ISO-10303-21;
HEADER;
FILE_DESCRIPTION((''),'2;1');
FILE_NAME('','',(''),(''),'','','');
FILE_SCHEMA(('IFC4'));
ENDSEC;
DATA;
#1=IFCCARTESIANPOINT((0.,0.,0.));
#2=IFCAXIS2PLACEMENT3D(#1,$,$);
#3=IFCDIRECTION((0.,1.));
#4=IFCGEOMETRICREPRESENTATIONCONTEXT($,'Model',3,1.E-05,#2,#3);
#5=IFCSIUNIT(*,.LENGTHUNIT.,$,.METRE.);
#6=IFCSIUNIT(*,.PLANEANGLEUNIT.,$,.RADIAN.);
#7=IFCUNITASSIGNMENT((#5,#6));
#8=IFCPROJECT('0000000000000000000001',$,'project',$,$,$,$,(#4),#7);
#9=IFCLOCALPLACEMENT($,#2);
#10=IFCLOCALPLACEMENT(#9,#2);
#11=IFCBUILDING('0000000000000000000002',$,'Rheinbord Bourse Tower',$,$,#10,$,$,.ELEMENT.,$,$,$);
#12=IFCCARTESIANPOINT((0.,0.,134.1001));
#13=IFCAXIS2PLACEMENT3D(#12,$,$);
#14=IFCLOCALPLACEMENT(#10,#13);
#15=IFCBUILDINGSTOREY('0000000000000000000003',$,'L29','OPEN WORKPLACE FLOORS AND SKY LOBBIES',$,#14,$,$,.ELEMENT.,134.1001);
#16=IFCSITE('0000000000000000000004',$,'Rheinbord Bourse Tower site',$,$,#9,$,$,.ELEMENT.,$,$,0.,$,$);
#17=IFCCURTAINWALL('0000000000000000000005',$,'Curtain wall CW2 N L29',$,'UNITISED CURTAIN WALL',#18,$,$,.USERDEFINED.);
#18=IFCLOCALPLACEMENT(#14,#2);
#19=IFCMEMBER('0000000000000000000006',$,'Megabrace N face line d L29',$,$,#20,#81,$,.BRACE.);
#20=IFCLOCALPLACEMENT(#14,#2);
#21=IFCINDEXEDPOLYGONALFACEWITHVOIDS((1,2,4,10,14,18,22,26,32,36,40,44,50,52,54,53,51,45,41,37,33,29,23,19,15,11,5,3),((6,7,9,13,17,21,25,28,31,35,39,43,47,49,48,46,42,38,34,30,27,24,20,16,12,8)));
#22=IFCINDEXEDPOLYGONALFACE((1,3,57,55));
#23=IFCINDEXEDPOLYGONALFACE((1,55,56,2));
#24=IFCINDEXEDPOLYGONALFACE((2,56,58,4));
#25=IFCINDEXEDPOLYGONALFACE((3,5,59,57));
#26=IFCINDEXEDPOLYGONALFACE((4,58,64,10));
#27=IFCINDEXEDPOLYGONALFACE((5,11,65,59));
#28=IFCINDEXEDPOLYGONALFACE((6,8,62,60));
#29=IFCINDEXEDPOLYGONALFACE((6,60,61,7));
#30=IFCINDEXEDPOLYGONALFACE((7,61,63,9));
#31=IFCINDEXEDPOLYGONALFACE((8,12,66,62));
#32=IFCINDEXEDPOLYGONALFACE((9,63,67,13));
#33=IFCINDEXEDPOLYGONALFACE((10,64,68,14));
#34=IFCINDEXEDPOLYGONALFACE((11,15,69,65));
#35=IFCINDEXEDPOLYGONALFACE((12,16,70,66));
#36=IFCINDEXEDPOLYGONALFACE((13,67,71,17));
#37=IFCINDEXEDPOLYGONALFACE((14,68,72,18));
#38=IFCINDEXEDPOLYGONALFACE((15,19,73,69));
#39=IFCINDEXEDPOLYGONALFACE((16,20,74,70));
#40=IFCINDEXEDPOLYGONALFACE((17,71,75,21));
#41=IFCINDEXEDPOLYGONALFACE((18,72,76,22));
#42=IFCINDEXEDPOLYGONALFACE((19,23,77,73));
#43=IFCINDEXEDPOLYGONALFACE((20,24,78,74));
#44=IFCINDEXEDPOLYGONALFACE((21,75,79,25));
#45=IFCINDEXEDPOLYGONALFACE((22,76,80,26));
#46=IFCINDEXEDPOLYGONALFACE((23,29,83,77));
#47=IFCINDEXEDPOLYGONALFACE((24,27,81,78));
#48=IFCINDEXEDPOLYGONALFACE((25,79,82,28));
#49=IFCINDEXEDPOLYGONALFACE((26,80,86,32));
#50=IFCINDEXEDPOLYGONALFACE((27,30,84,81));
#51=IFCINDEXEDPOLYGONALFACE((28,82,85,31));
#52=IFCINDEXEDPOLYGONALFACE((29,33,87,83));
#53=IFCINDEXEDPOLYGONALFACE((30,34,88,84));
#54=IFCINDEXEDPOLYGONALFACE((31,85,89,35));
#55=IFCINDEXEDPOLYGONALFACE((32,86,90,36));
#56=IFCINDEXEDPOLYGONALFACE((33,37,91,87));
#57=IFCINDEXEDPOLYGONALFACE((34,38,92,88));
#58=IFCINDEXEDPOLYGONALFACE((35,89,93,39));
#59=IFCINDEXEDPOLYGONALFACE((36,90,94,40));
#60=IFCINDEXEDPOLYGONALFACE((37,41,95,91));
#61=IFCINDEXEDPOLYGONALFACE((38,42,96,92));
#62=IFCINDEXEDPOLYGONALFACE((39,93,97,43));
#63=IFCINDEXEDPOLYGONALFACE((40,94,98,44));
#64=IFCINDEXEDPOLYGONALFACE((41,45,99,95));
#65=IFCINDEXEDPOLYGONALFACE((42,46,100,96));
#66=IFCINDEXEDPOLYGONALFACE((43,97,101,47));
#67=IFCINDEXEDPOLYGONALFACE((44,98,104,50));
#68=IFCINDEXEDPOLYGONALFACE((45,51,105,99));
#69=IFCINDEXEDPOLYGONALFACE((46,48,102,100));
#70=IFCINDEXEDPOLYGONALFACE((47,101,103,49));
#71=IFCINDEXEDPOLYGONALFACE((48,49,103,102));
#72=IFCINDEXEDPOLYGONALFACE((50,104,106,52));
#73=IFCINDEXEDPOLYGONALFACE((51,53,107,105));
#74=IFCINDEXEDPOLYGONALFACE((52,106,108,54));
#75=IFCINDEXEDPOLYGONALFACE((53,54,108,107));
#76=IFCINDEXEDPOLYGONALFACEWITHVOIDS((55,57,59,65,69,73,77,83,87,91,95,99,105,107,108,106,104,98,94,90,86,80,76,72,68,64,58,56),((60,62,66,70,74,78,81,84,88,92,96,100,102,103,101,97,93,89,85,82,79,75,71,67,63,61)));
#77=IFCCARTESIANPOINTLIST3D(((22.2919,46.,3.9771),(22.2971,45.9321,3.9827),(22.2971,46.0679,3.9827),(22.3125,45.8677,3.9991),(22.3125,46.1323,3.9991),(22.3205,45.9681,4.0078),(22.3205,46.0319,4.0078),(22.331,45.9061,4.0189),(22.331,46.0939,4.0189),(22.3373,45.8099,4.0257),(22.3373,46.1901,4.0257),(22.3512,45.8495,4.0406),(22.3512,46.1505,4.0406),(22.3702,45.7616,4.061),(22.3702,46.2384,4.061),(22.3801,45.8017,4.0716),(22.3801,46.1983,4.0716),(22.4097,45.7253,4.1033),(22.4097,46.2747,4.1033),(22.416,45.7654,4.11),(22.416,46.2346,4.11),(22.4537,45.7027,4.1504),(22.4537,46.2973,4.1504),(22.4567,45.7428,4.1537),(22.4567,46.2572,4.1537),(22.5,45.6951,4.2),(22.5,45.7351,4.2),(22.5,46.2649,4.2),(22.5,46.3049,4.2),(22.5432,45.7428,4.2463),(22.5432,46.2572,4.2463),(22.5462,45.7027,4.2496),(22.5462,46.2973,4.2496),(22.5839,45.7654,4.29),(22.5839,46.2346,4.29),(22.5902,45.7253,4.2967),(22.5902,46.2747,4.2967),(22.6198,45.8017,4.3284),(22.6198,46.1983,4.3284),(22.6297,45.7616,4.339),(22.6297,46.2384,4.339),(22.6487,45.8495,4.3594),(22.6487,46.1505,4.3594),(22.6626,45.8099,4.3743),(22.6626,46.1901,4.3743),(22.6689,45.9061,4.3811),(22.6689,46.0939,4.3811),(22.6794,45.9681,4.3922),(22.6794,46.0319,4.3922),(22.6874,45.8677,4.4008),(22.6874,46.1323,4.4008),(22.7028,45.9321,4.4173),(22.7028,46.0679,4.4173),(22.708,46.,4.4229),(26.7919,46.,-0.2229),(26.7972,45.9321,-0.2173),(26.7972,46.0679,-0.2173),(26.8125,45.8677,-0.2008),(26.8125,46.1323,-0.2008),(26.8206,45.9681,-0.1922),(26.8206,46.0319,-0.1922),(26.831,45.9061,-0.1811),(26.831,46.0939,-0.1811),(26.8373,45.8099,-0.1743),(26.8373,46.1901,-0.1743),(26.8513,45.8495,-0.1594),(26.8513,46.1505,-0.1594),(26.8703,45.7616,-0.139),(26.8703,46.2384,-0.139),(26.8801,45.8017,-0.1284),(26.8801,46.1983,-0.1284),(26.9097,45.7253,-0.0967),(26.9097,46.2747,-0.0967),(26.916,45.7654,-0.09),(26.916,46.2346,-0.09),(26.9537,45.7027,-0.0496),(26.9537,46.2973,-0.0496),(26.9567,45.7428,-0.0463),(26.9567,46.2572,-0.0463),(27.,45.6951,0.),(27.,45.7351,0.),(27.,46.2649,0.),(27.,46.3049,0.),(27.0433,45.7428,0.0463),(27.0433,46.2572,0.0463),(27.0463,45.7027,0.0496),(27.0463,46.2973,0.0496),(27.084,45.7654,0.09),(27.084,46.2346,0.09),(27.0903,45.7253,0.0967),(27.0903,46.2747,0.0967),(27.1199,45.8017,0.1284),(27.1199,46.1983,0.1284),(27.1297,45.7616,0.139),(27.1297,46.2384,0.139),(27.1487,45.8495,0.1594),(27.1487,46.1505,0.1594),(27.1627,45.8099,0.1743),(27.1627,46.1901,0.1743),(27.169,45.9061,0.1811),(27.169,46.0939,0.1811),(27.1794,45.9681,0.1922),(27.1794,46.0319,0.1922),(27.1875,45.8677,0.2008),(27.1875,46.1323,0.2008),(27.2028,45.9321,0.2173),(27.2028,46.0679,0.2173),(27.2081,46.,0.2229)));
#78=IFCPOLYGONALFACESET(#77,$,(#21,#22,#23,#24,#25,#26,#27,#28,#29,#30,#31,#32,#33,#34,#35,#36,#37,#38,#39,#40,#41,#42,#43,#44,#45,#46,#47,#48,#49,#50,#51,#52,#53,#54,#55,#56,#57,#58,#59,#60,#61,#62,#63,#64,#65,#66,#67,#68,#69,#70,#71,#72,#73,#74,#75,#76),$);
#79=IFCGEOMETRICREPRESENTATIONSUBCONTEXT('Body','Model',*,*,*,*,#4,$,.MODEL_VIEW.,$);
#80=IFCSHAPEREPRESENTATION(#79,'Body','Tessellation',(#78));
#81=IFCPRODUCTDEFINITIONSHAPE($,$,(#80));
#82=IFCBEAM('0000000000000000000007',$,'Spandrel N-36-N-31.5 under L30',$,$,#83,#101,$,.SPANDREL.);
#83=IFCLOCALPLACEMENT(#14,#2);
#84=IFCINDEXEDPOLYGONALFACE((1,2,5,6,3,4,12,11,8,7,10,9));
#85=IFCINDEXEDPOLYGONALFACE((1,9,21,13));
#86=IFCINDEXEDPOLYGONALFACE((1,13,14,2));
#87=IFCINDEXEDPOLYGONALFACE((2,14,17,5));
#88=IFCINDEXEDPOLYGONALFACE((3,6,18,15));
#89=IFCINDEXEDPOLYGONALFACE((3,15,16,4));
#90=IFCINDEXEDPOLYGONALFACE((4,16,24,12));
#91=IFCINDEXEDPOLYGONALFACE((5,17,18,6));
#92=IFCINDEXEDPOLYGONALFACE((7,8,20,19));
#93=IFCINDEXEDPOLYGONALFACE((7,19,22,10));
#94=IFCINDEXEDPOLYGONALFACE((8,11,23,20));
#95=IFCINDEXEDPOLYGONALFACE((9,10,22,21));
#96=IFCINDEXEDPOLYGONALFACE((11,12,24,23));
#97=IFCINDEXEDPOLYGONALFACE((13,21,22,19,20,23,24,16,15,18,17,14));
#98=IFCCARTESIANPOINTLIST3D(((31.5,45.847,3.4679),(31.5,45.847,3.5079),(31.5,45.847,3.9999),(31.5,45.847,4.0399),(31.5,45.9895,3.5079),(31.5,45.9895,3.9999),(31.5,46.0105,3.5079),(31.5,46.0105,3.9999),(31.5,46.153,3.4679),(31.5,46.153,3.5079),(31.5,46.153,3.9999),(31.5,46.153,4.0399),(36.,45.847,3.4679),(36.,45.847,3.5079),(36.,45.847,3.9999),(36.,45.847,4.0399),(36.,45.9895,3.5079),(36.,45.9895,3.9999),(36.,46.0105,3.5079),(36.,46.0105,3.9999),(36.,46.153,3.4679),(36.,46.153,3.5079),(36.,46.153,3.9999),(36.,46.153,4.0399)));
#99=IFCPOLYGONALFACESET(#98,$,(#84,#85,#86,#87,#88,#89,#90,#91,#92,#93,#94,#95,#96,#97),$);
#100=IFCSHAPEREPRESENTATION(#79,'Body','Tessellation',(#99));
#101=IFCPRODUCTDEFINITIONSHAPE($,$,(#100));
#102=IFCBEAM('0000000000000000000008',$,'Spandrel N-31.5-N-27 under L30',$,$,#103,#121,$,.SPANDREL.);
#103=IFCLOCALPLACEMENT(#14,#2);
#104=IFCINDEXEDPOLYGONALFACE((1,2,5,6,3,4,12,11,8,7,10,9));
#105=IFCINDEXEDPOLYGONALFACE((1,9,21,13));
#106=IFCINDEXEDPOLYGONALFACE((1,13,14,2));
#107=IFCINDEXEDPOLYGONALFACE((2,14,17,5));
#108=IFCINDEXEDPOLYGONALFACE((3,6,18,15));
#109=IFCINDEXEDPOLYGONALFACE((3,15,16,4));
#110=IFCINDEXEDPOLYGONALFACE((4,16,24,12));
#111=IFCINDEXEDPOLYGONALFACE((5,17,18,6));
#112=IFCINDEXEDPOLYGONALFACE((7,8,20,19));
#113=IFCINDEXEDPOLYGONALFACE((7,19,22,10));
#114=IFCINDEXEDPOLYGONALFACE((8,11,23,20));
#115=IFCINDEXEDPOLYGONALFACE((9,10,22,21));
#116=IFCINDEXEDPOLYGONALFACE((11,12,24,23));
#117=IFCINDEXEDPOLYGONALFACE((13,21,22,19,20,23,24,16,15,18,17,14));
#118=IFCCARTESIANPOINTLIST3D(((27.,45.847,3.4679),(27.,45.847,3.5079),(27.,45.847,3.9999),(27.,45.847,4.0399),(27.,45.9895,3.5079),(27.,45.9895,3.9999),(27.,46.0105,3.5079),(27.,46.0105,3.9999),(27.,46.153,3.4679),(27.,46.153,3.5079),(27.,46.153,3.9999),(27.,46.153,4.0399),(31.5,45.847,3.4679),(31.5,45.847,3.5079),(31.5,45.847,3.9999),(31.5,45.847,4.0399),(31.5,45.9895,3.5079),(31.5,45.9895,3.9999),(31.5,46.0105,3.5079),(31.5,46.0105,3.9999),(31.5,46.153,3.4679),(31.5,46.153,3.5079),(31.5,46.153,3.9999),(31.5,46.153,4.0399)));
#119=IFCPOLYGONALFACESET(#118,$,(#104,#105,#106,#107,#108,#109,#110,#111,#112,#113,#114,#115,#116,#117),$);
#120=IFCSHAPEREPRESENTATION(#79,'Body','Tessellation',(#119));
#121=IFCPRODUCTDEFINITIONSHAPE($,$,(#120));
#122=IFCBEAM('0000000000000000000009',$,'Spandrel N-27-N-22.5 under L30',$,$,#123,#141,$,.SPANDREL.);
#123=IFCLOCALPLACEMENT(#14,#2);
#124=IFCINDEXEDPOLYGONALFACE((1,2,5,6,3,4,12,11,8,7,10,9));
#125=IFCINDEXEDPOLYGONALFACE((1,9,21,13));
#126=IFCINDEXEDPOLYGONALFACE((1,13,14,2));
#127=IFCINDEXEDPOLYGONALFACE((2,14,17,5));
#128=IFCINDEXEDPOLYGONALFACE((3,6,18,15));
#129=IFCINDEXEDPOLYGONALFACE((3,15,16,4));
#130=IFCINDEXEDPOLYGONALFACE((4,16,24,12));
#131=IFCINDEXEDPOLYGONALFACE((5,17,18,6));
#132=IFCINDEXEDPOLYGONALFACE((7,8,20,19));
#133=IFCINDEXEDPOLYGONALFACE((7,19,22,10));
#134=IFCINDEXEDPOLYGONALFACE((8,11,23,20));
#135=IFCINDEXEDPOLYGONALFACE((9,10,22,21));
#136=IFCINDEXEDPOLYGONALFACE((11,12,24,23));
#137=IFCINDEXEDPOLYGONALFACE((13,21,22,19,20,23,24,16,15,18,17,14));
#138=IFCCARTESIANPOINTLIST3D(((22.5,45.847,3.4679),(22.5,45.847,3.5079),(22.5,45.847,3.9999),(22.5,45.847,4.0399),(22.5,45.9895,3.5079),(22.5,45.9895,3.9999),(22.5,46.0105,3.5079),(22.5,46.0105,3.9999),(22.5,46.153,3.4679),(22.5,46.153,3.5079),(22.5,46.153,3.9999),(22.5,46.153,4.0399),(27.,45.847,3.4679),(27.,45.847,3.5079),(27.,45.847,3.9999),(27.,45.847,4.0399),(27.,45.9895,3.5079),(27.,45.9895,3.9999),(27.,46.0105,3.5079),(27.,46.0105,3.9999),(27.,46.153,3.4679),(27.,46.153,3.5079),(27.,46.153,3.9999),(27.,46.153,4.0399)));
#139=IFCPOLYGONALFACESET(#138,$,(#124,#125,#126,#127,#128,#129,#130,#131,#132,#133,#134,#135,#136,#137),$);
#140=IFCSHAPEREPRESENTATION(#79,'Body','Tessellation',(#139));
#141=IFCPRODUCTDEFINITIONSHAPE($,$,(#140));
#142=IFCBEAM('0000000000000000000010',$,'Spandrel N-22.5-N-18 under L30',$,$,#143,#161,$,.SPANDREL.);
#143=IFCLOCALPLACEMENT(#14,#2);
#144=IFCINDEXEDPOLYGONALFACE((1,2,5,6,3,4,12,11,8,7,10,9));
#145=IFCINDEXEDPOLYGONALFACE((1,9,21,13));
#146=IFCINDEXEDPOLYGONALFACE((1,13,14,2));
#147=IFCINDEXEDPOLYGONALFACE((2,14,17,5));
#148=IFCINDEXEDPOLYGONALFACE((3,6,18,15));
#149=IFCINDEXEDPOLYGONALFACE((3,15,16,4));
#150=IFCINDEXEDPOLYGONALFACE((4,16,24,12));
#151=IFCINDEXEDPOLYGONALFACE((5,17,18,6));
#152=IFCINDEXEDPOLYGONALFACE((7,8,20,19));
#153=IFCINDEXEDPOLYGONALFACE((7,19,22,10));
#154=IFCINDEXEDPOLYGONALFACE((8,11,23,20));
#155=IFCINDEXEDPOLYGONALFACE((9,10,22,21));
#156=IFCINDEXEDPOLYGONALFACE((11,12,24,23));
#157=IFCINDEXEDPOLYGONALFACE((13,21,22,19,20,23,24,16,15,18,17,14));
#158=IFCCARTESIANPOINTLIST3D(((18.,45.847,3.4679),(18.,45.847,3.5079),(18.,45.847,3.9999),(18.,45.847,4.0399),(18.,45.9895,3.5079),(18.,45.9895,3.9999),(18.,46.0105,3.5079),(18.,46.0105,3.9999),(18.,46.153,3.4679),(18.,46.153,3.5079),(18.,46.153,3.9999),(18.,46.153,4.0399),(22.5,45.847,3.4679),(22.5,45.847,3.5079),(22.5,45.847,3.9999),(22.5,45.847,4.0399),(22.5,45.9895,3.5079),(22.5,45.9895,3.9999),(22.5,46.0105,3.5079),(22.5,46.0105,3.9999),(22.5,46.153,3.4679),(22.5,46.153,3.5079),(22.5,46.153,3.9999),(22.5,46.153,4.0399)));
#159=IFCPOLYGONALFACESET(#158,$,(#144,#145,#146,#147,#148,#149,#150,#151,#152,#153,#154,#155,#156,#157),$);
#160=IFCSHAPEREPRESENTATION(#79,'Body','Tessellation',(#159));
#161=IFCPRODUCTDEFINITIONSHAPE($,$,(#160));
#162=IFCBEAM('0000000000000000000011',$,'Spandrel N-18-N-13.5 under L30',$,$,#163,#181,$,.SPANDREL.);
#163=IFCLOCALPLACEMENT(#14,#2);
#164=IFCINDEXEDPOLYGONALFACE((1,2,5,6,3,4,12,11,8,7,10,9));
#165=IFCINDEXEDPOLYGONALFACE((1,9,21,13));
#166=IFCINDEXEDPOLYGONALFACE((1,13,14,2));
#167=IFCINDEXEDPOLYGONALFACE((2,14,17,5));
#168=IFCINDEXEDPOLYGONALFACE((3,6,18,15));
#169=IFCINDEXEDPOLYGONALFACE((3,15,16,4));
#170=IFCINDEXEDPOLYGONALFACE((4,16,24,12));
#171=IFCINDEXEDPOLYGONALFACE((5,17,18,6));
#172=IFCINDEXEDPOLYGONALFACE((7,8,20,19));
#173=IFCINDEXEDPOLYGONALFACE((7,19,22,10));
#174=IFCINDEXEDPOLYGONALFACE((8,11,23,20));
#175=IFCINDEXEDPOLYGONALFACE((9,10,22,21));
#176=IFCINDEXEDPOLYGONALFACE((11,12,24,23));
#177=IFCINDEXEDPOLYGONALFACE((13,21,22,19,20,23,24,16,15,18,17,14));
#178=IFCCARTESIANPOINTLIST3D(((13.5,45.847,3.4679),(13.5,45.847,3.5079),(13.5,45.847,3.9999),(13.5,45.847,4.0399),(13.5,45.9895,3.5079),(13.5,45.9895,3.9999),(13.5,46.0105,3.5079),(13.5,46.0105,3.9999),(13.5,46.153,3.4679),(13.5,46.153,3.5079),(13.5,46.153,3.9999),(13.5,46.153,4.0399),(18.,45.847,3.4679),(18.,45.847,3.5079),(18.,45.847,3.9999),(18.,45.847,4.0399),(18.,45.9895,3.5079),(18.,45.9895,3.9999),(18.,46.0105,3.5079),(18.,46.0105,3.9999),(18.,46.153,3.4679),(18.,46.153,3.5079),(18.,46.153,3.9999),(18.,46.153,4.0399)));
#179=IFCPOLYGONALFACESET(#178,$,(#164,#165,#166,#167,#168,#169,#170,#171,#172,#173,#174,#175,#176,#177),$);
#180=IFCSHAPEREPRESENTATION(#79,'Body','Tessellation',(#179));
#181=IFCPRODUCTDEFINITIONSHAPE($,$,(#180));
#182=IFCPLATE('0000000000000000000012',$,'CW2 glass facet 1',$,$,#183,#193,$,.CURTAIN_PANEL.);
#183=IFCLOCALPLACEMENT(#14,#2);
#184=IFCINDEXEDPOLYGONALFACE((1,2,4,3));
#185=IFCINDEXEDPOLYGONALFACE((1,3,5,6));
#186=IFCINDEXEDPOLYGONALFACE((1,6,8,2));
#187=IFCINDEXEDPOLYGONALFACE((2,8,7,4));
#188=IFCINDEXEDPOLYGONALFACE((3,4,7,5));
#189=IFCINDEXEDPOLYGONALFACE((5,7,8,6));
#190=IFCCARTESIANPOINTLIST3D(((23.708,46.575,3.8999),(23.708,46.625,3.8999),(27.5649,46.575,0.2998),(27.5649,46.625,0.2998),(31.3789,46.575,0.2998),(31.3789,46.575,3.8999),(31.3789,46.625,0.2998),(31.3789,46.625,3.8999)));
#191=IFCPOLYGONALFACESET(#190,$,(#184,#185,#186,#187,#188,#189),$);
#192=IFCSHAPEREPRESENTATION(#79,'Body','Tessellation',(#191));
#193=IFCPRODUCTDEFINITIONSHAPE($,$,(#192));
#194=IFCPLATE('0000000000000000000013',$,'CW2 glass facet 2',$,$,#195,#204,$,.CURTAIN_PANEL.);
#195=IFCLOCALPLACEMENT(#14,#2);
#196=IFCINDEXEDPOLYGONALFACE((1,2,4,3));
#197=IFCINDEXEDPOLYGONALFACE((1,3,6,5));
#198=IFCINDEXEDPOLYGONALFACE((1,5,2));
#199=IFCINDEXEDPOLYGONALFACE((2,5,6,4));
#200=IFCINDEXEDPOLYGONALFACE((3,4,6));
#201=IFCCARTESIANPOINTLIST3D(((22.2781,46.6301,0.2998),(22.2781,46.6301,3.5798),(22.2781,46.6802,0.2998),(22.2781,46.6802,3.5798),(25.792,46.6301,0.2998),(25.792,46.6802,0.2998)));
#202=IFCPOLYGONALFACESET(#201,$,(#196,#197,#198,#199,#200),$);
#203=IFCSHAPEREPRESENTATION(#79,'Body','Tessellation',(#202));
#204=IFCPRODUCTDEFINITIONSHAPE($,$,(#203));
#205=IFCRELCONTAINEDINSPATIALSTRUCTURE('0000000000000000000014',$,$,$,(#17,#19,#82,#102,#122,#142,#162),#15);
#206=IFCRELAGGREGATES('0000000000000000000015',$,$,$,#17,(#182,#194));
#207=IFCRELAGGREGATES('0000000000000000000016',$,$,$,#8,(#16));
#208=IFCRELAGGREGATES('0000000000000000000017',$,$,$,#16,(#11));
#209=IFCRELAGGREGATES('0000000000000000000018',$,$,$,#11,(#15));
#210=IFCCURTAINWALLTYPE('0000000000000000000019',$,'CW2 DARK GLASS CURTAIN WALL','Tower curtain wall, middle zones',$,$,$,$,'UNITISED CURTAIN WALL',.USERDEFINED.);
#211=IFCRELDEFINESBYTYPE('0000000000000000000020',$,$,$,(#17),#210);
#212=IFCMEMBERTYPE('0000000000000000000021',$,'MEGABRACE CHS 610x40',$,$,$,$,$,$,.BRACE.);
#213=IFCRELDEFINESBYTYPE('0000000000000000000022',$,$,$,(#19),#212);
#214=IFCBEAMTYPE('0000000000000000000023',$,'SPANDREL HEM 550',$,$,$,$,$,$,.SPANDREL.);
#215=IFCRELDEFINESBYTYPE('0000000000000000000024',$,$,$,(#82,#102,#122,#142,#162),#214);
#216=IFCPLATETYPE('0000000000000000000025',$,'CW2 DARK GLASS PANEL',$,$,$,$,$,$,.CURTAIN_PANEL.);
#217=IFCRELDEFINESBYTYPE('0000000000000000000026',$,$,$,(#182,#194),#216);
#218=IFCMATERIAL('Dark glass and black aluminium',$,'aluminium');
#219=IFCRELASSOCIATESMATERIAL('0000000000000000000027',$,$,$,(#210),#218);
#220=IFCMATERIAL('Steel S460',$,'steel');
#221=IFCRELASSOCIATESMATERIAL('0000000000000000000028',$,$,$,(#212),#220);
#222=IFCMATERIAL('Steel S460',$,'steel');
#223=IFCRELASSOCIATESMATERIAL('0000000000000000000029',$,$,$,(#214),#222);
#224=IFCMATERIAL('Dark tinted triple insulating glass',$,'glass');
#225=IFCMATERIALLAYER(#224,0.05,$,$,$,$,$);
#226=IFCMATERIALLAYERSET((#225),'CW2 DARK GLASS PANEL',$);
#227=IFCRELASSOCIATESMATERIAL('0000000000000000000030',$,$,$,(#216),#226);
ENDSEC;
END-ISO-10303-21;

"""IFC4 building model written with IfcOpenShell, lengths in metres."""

from ifc_helpers import new_model, si_unit, direction, frame, origin, origin_2d, place, context, subcontext, project, spatial, polyline, hollow_circle, i_section, outline, extrude, material, layer, layer_set, material_profile, profile_set, type_object, element, aggregate, save


model = new_model("IFC4")

# Units and contexts
model_context = context("Model", 3, precision=1e-05, world=origin(), true_north=direction((0.0, 1.0)))
body_context = subcontext(model_context, "Body", "Model", "MODEL_VIEW")
ifc_project = project(units=[si_unit("LENGTHUNIT", "METRE"), si_unit("PLANEANGLEUNIT", "RADIAN")], contexts=[model_context])

# Site, building, storey
site_placement = place(None, origin())
site = spatial("IfcSite", under=ifc_project, at=site_placement, Name="Rheinbord Bourse Tower site", CompositionType="ELEMENT", RefElevation=0.0)
building_placement = place(site_placement, origin())
building = spatial("IfcBuilding", under=site, at=building_placement, Name="Rheinbord Bourse Tower", CompositionType="ELEMENT")
storey_placement = place(building_placement, frame((0.0, 0.0, 134.1001)))
storey = spatial("IfcBuildingStorey", under=building, at=storey_placement, Name="L29", Description="OPEN WORKPLACE FLOORS AND SKY LOBBIES", CompositionType="ELEMENT", Elevation=134.1001)

# Curtain wall
ifc_material_1 = material(Name="Dark glass and black aluminium", Category="aluminium")
curtain_wall_type = type_object("IfcCurtainWallType", Name="CW2 DARK GLASS CURTAIN WALL", Description="Tower curtain wall, middle zones", ElementType="UNITISED CURTAIN WALL", PredefinedType="USERDEFINED", material=ifc_material_1)
curtain_wall_placement = place(storey_placement, origin())
curtain_wall = element("IfcCurtainWall", 1, at=curtain_wall_placement, inside=storey, type_object=curtain_wall_type, Name="Curtain wall CW2 N L29", ObjectType="UNITISED CURTAIN WALL", PredefinedType="USERDEFINED")

# Member
ifc_material_2 = material(Name="Steel S460", Category="steel")
ifc_material_profile_1 = material_profile(ifc_material_2, hollow_circle(Radius=0.3049, WallThickness=0.04, at=origin_2d()), Name="CHS 610x40")
ifc_profile_set_1 = profile_set([ifc_material_profile_1], Name="Steel S460")
member_type_1 = type_object("IfcMemberType", Name="MEGABRACE CHS 610x40", PredefinedType="BRACE", material=ifc_profile_set_1)
member_1_placement = place(storey_placement, frame((27.0, 46.0, 0.0), z_axis=(-0.731059, 0.0, 0.682314), x_axis=(0.0, -1.0, 0.0)))
element("IfcMember", 2, at=member_1_placement, inside=storey, type_object=member_type_1, Name="Megabrace N face line d L29", PredefinedType="BRACE", context=body_context, shape_type="SweptSolid", body=[
    extrude(hollow_circle(Radius=0.3049, WallThickness=0.04, at=origin_2d()), origin(), (0.0, 0.0, 1.0), 6.1555),
])

# Beams
ifc_material_3 = material(Name="Steel S460", Category="steel")
ifc_material_profile_2 = material_profile(ifc_material_3, i_section(OverallWidth=0.3059, OverallDepth=0.572, WebThickness=0.021, FlangeThickness=0.04, at=origin_2d()), Name="HEM 550")
ifc_profile_set_2 = profile_set([ifc_material_profile_2], Name="Steel S460")
beam_type_1 = type_object("IfcBeamType", Name="SPANDREL HEM 550", PredefinedType="SPANDREL", material=ifc_profile_set_2)
for number, where, z_axis, x_axis, name in (
    (3, (36.0, 46.0, 3.7539), (-1.0, 0.0, 0.0), (0.0, -1.0, 0.0), "Spandrel N-36-N-31.5 under L30"),
    (4, (31.5, 46.0, 3.7539), (-1.0, 0.0, 0.0), (0.0, -1.0, 0.0), "Spandrel N-31.5-N-27 under L30"),
    (5, (27.0, 46.0, 3.7539), (-1.0, 0.0, 0.0), (0.0, -1.0, 0.0), "Spandrel N-27-N-22.5 under L30"),
    (6, (22.5, 46.0, 3.7539), (-1.0, 0.0, 0.0), (0.0, -1.0, 0.0), "Spandrel N-22.5-N-18 under L30"),
    (7, (18.0, 46.0, 3.7539), (-1.0, 0.0, 0.0), (0.0, -1.0, 0.0), "Spandrel N-18-N-13.5 under L30"),
):
    element("IfcBeam", number, at=place(storey_placement, frame(where, z_axis=z_axis, x_axis=x_axis)), inside=storey, type_object=beam_type_1, Name=name, PredefinedType="SPANDREL", context=body_context, shape_type="SweptSolid", body=[
        extrude(i_section(OverallWidth=0.3059, OverallDepth=0.572, WebThickness=0.021, FlangeThickness=0.04, at=origin_2d()), origin(), (0.0, 0.0, 1.0), 4.5),
    ])

# Plates
ifc_material_4 = material(Name="Dark tinted triple insulating glass", Category="glass")
ifc_layer_1 = layer(ifc_material_4, 0.05)
ifc_layer_set_1 = layer_set([ifc_layer_1], Name="CW2 DARK GLASS PANEL")
plate_type = type_object("IfcPlateType", Name="CW2 DARK GLASS PANEL", PredefinedType="CURTAIN_PANEL", material=ifc_layer_set_1)
plate_1_placement = place(storey_placement, frame((31.3789, 46.625, 0.2998), z_axis=(0.0, -1.0, 0.0), x_axis=(0.0, 0.0, 1.0)))
plate_1 = element("IfcPlate", 8, at=plate_1_placement, type_object=plate_type, Name="CW2 glass facet 1", PredefinedType="CURTAIN_PANEL", context=body_context, shape_type="SweptSolid", body=[
    extrude(outline(polyline([(0.0, 0.0), (3.6001, 0.0), (3.6001, 7.6709), (0.0, 3.814), (0.0, 0.0)])), origin(), (0.0, 0.0, 1.0), 0.05),
])
plate_2_placement = place(storey_placement, frame((22.2781, 46.6802, 0.2998), z_axis=(0.0, -1.0, 0.0), x_axis=(1.0, 0.0, 0.0)))
plate_2 = element("IfcPlate", 9, at=plate_2_placement, type_object=plate_type, Name="CW2 glass facet 2", PredefinedType="CURTAIN_PANEL", context=body_context, shape_type="SweptSolid", body=[
    extrude(outline(polyline([(0.0, 0.0), (3.5139, 0.0), (0.0, 3.28), (0.0, 0.0)])), origin(), (0.0, 0.0, 1.0), 0.05),
])
aggregate(curtain_wall, [plate_1, plate_2])

save(model, "model.ifc")
